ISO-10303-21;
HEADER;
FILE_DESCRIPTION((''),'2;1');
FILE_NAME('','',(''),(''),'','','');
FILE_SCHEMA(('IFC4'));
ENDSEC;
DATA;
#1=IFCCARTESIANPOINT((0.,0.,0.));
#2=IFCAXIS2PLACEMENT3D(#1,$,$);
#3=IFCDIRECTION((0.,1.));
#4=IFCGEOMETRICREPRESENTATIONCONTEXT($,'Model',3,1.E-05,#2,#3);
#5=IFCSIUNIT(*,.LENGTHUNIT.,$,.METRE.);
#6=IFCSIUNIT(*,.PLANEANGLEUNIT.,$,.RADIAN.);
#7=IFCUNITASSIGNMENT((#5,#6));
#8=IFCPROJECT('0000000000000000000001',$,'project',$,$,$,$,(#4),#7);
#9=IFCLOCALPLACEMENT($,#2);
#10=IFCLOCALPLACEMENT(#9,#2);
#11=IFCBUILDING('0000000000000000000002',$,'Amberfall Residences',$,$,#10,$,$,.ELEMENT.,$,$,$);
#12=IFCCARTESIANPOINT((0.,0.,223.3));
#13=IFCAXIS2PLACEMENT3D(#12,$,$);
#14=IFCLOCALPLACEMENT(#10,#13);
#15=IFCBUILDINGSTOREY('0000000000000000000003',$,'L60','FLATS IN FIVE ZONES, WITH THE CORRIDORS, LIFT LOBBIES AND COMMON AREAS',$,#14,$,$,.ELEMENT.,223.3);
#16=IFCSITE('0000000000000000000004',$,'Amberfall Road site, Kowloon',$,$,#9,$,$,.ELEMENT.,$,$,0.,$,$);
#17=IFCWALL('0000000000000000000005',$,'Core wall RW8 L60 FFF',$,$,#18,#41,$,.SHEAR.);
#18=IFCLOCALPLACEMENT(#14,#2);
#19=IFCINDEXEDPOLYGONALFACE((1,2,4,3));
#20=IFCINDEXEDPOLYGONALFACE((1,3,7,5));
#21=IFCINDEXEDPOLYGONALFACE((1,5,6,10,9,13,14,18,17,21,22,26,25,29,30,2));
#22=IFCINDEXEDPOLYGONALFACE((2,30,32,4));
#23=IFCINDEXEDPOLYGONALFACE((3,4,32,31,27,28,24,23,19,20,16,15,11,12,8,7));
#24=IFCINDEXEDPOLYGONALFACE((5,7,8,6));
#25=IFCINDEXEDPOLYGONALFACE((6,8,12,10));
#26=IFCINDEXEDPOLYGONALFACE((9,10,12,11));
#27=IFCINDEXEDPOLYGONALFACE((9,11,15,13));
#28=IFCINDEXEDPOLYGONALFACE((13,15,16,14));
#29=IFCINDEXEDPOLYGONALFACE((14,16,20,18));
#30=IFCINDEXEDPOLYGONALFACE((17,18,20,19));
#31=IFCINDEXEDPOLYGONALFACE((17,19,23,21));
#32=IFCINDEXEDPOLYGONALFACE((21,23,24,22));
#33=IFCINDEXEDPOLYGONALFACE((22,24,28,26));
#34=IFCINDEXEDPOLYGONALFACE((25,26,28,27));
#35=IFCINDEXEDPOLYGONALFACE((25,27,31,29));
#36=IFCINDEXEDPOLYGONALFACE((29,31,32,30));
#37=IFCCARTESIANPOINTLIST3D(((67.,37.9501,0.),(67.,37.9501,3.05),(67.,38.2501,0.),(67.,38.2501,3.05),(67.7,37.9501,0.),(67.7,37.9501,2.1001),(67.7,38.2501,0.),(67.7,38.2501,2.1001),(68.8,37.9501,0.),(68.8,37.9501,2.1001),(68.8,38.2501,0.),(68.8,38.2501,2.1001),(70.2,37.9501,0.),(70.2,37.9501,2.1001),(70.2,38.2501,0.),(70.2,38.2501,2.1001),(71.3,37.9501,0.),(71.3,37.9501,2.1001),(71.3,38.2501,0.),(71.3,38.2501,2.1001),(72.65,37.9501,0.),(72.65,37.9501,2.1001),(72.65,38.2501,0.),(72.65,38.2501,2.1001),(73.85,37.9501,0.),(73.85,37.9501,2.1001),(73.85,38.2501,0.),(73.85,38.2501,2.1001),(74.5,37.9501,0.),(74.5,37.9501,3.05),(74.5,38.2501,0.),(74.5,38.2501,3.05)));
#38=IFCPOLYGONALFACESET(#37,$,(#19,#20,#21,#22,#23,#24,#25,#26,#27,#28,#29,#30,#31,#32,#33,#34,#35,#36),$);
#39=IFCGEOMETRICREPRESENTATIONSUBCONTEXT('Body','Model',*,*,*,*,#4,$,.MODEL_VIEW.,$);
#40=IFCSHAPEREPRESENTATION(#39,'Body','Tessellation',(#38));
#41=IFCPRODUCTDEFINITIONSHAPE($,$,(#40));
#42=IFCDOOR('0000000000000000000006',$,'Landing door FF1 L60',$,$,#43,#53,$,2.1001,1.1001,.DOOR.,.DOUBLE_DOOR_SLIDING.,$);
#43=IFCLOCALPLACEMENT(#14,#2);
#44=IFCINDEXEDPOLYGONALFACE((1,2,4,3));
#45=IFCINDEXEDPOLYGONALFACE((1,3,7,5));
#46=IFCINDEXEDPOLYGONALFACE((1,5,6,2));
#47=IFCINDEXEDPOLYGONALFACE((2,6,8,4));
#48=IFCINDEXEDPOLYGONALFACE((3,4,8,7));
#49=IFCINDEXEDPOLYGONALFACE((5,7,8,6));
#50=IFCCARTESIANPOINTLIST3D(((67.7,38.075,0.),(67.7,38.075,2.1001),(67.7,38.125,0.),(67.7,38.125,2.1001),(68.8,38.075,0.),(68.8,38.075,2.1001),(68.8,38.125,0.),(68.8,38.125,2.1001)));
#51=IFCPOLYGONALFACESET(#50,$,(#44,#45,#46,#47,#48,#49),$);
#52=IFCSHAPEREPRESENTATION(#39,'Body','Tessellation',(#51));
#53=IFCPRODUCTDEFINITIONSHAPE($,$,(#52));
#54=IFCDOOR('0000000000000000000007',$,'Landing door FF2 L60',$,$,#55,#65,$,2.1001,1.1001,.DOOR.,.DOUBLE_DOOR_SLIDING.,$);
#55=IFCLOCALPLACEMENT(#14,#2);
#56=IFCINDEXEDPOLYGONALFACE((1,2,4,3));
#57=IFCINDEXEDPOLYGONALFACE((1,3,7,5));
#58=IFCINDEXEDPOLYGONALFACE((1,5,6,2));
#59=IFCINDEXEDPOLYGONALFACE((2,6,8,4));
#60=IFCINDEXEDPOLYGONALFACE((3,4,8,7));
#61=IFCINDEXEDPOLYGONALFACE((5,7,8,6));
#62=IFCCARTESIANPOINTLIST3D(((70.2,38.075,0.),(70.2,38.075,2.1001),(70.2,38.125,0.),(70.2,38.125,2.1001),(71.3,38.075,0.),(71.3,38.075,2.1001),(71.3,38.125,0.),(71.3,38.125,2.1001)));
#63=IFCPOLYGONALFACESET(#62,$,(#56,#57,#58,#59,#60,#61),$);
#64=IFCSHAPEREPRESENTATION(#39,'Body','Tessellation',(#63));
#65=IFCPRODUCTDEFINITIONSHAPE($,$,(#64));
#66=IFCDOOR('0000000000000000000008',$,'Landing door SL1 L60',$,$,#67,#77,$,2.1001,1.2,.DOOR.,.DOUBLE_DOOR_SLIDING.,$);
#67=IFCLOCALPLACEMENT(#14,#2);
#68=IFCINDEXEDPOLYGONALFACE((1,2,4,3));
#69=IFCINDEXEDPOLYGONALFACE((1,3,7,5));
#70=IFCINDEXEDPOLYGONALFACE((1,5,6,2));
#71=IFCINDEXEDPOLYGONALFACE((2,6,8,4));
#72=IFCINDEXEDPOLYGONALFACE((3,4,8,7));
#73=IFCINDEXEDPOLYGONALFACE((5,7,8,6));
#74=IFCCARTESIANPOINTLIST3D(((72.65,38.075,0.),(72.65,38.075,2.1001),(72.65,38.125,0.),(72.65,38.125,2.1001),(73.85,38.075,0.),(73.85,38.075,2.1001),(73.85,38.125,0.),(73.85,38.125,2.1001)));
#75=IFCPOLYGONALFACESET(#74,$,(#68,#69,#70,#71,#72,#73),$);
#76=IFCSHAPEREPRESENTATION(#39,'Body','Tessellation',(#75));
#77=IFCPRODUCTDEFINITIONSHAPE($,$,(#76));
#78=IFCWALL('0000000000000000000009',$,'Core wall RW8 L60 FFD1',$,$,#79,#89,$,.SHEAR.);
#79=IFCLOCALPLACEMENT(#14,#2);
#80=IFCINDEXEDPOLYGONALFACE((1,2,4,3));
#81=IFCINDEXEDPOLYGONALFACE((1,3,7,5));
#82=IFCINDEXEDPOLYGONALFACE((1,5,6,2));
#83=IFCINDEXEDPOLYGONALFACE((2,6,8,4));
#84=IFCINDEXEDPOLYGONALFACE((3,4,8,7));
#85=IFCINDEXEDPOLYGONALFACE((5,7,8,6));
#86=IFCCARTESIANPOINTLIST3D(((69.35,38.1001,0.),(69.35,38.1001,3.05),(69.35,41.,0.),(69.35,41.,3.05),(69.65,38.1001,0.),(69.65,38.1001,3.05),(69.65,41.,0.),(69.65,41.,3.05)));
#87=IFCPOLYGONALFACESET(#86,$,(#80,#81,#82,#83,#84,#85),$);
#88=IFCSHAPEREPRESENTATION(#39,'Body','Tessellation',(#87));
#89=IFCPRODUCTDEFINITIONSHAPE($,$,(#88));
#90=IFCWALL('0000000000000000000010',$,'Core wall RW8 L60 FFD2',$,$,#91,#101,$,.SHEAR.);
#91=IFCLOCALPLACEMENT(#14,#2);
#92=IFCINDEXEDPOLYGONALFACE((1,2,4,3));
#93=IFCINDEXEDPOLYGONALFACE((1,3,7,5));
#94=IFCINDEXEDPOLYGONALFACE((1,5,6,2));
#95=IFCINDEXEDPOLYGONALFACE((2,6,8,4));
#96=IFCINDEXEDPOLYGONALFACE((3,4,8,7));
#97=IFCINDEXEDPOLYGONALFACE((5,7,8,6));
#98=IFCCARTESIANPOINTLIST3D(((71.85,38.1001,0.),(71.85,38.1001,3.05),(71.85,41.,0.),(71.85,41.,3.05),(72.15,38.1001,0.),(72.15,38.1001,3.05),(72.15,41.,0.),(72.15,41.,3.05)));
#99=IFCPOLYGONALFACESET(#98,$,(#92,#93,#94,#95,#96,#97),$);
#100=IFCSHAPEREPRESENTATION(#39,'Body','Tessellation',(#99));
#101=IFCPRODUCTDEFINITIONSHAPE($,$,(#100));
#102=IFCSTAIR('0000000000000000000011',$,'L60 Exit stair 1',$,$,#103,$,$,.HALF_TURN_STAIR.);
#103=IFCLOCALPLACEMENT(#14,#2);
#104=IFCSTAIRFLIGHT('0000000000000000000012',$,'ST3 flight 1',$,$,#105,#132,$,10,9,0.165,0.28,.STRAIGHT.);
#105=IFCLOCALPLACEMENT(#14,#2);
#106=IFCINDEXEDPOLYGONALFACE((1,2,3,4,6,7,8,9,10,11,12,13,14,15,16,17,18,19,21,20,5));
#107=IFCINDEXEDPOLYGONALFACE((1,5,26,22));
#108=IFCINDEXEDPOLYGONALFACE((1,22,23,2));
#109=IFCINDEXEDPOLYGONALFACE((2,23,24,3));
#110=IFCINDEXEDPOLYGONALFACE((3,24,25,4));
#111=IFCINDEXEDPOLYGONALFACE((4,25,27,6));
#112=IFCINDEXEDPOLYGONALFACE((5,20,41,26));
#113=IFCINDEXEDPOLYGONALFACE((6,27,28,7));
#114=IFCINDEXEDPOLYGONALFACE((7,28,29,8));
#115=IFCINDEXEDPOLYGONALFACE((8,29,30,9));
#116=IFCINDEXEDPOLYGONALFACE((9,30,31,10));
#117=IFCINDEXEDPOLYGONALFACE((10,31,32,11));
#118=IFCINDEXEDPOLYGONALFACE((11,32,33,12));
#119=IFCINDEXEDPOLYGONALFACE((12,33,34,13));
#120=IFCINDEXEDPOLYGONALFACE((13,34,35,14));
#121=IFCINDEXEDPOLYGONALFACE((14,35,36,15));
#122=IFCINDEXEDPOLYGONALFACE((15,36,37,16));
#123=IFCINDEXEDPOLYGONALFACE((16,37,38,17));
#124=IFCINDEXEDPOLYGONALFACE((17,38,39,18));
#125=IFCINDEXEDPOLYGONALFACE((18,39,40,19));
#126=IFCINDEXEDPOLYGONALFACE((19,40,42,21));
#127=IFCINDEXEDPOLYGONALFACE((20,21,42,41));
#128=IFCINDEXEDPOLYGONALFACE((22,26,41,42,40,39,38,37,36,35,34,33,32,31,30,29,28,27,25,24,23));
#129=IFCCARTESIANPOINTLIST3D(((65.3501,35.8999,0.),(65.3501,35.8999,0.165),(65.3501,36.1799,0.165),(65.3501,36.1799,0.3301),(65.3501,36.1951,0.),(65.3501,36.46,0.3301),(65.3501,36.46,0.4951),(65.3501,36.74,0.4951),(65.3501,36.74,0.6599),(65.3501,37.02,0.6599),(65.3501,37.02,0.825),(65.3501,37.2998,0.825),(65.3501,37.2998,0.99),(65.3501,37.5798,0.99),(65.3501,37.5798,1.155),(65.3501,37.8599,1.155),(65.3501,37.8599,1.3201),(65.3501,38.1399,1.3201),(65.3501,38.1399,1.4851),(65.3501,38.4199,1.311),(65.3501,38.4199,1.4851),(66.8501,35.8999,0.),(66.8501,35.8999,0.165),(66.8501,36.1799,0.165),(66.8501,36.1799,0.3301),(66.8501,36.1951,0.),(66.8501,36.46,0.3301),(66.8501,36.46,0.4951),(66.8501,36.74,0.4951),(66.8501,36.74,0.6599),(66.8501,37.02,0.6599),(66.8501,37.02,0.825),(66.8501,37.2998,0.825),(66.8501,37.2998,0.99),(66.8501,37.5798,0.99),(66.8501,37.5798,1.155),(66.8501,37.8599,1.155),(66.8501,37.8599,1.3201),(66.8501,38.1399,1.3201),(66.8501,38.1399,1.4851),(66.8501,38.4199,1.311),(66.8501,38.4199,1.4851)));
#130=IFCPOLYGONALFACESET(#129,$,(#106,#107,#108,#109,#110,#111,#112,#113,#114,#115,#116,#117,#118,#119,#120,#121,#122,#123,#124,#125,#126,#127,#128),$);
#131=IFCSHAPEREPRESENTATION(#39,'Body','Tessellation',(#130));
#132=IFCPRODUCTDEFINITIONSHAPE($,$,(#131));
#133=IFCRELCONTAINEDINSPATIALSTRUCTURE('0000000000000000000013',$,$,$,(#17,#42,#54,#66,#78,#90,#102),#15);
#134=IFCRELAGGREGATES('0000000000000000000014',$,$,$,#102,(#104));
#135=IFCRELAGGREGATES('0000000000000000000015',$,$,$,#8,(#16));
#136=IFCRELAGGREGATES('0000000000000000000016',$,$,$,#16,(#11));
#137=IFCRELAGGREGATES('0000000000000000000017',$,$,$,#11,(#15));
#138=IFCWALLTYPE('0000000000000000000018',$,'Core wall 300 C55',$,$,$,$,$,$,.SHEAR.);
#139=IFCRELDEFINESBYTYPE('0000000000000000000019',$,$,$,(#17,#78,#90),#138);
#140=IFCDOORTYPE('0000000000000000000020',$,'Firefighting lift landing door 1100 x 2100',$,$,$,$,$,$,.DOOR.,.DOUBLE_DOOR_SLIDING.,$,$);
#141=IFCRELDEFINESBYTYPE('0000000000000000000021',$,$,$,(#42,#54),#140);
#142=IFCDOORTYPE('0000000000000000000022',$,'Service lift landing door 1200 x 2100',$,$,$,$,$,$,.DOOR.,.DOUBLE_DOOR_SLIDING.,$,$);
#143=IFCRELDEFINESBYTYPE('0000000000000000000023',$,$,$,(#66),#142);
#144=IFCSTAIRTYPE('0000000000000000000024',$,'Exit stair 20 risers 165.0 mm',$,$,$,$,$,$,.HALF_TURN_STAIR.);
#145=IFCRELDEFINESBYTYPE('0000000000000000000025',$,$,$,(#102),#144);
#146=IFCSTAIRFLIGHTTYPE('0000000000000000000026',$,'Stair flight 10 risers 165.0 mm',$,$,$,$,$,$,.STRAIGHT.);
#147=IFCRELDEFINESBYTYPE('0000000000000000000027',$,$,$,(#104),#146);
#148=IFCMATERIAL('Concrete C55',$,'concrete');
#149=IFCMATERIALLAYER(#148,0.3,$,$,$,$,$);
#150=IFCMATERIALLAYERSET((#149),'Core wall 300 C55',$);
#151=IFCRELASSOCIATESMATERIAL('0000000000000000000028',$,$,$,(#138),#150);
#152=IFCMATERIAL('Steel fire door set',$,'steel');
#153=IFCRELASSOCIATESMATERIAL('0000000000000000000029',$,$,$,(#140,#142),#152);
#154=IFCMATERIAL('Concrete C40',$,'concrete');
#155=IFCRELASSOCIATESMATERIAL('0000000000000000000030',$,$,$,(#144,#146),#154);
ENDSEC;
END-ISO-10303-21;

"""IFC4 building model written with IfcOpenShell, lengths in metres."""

from ifc_helpers import new_model, si_unit, direction, frame, frame_2d, origin, place, context, subcontext, project, spatial, polyline, rectangle, outline, extrude, material, layer, layer_set, type_object, element, fill, aggregate, save


model = new_model("IFC4")

# Units and contexts
model_context = context("Model", 3, precision=1e-05, world=origin(), true_north=direction((0.0, 1.0)))
body_context = subcontext(model_context, "Body", "Model", "MODEL_VIEW")
ifc_project = project(units=[si_unit("LENGTHUNIT", "METRE"), si_unit("PLANEANGLEUNIT", "RADIAN")], contexts=[model_context])

# Site, building, storey
site_placement = place(None, origin())
site = spatial("IfcSite", under=ifc_project, at=site_placement, Name="Amberfall Road site, Kowloon", CompositionType="ELEMENT", RefElevation=0.0)
building_placement = place(site_placement, origin())
building = spatial("IfcBuilding", under=site, at=building_placement, Name="Amberfall Residences", CompositionType="ELEMENT")
storey_placement = place(building_placement, frame((0.0, 0.0, 223.3)))
storey = spatial("IfcBuildingStorey", under=building, at=storey_placement, Name="L60", Description="FLATS IN FIVE ZONES, WITH THE CORRIDORS, LIFT LOBBIES AND COMMON AREAS", CompositionType="ELEMENT", Elevation=223.3)

# Wall, openings, doors
ifc_material_1 = material(Name="Concrete C55", Category="concrete")
ifc_layer = layer(ifc_material_1, 0.3)
ifc_layer_set = layer_set([ifc_layer], Name="Core wall 300 C55")
wall_type = type_object("IfcWallType", Name="Core wall 300 C55", PredefinedType="SHEAR", material=ifc_layer_set)
wall_placement = place(storey_placement, frame((67.0, 38.1001, 0.0), z_axis=(0.0, 0.0, 1.0), x_axis=(1.0, 0.0, 0.0)))
wall = element("IfcWall", 1, at=wall_placement, inside=storey, type_object=wall_type, Name="Core wall RW8 L60 FFF", PredefinedType="SHEAR", context=body_context, shape_type="SweptSolid", body=[
    extrude(rectangle(XDim=7.5, YDim=0.3, at=frame_2d((3.75, 0.0))), origin(), (0.0, 0.0, 1.0), 3.05),
])
opening_1_placement = place(wall_placement, frame((0.7, 0.0, 0.0)))
opening_1 = element("IfcOpeningElement", 2, at=opening_1_placement, cuts=wall, PredefinedType="OPENING", context=body_context, shape_type="SweptSolid", body=[
    extrude(rectangle(XDim=1.1001, YDim=2.1001, at=frame_2d((0.55, 1.05))), frame((0.0, 0.1599, 0.0), z_axis=(0.0, -1.0, 0.0), x_axis=(1.0, 0.0, 0.0)), (0.0, 0.0, 1.0), 0.3201),
])
opening_2_placement = place(wall_placement, frame((3.2, 0.0, 0.0)))
opening_2 = element("IfcOpeningElement", 3, at=opening_2_placement, cuts=wall, PredefinedType="OPENING", context=body_context, shape_type="SweptSolid", body=[
    extrude(rectangle(XDim=1.1001, YDim=2.1001, at=frame_2d((0.55, 1.05))), frame((0.0, 0.1599, 0.0), z_axis=(0.0, -1.0, 0.0), x_axis=(1.0, 0.0, 0.0)), (0.0, 0.0, 1.0), 0.3201),
])
opening_3_placement = place(wall_placement, frame((5.6499, 0.0, 0.0)))
opening_3 = element("IfcOpeningElement", 4, at=opening_3_placement, cuts=wall, PredefinedType="OPENING", context=body_context, shape_type="SweptSolid", body=[
    extrude(rectangle(XDim=1.2, YDim=2.1001, at=frame_2d((0.6001, 1.05))), frame((0.0, 0.1599, 0.0), z_axis=(0.0, -1.0, 0.0), x_axis=(1.0, 0.0, 0.0)), (0.0, 0.0, 1.0), 0.3201),
])
ifc_material_2 = material(Name="Steel fire door set", Category="steel")
door_type_1 = type_object("IfcDoorType", Name="Firefighting lift landing door 1100 x 2100", OperationType="DOUBLE_DOOR_SLIDING", PredefinedType="DOOR", material=ifc_material_2)
door_1_placement = place(opening_1_placement, origin())
door_1 = element("IfcDoor", 5, at=door_1_placement, inside=storey, type_object=door_type_1, Name="Landing door FF1 L60", OperationType="DOUBLE_DOOR_SLIDING", OverallHeight=2.1001, OverallWidth=1.1001, PredefinedType="DOOR", context=body_context, shape_type="SweptSolid", body=[
    extrude(rectangle(XDim=1.1001, YDim=2.1001, at=frame_2d((0.55, 1.05))), frame((0.0, 0.0249, 0.0), z_axis=(0.0, -1.0, 0.0), x_axis=(1.0, 0.0, 0.0)), (0.0, 0.0, 1.0), 0.05),
])
fill(opening_1, door_1)
door_2_placement = place(opening_2_placement, origin())
door_2 = element("IfcDoor", 6, at=door_2_placement, inside=storey, type_object=door_type_1, Name="Landing door FF2 L60", OperationType="DOUBLE_DOOR_SLIDING", OverallHeight=2.1001, OverallWidth=1.1001, PredefinedType="DOOR", context=body_context, shape_type="SweptSolid", body=[
    extrude(rectangle(XDim=1.1001, YDim=2.1001, at=frame_2d((0.55, 1.05))), frame((0.0, 0.0249, 0.0), z_axis=(0.0, -1.0, 0.0), x_axis=(1.0, 0.0, 0.0)), (0.0, 0.0, 1.0), 0.05),
])
fill(opening_2, door_2)
door_type_2 = type_object("IfcDoorType", Name="Service lift landing door 1200 x 2100", OperationType="DOUBLE_DOOR_SLIDING", PredefinedType="DOOR", material=ifc_material_2)
door_3_placement = place(opening_3_placement, origin())
door_3 = element("IfcDoor", 7, at=door_3_placement, inside=storey, type_object=door_type_2, Name="Landing door SL1 L60", OperationType="DOUBLE_DOOR_SLIDING", OverallHeight=2.1001, OverallWidth=1.2, PredefinedType="DOOR", context=body_context, shape_type="SweptSolid", body=[
    extrude(rectangle(XDim=1.2, YDim=2.1001, at=frame_2d((0.6001, 1.05))), frame((0.0, 0.0249, 0.0), z_axis=(0.0, -1.0, 0.0), x_axis=(1.0, 0.0, 0.0)), (0.0, 0.0, 1.0), 0.05),
])
fill(opening_3, door_3)

# Walls
for number, where, z_axis, x_axis, name in (
    (8, (69.5, 38.1001, 0.0), (0.0, 0.0, 1.0), (0.0, 1.0, 0.0), "Core wall RW8 L60 FFD1"),
    (9, (72.0, 38.1001, 0.0), (0.0, 0.0, 1.0), (0.0, 1.0, 0.0), "Core wall RW8 L60 FFD2"),
):
    element("IfcWall", number, at=place(storey_placement, frame(where, z_axis=z_axis, x_axis=x_axis)), inside=storey, type_object=wall_type, Name=name, PredefinedType="SHEAR", context=body_context, shape_type="SweptSolid", body=[
        extrude(rectangle(XDim=2.8999, YDim=0.3, at=frame_2d((1.45, 0.0))), origin(), (0.0, 0.0, 1.0), 3.05),
    ])

# Stair, stair flight
ifc_material_3 = material(Name="Concrete C40", Category="concrete")
stair_type = type_object("IfcStairType", Name="Exit stair 20 risers 165.0 mm", PredefinedType="HALF_TURN_STAIR", material=ifc_material_3)
stair_placement = place(storey_placement, origin())
stair = element("IfcStair", 10, at=stair_placement, inside=storey, type_object=stair_type, Name="L60 Exit stair 1", PredefinedType="HALF_TURN_STAIR")
stair_flight_type = type_object("IfcStairFlightType", Name="Stair flight 10 risers 165.0 mm", PredefinedType="STRAIGHT", material=ifc_material_3)
stair_flight_placement = place(storey_placement, frame((66.1001, 35.8999, 0.0), z_axis=(0.0, 0.0, 1.0), x_axis=(0.0, 1.0, 0.0)))
stair_flight = element("IfcStairFlight", 11, at=stair_flight_placement, type_object=stair_flight_type, Name="ST3 flight 1", NumberOfRisers=10, NumberOfTreads=9, PredefinedType="STRAIGHT", RiserHeight=0.165, TreadLength=0.28, context=body_context, shape_type="SweptSolid", body=[
    extrude(outline(polyline([(0.0, 0.0), (0.0, 0.165), (0.28, 0.165), (0.28, 0.3301), (0.5601, 0.3301), (0.5601, 0.4951), (0.8401, 0.4951), (0.8401, 0.6599), (1.1201, 0.6599), (1.1201, 0.825), (1.3999, 0.825), (1.3999, 0.99), (1.6799, 0.99), (1.6799, 1.155), (1.96, 1.155), (1.96, 1.3201), (2.24, 1.3201), (2.24, 1.4851), (2.52, 1.4851), (2.52, 1.6499), (2.52, 1.311), (0.2952, 0.0), (0.0, 0.0)])), frame((0.0, 0.75, 0.0), z_axis=(0.0, -1.0, 0.0), x_axis=(1.0, 0.0, 0.0)), (0.0, 0.0, 1.0), 1.5),
])
aggregate(stair, [stair_flight])

save(model, "model.ifc")
